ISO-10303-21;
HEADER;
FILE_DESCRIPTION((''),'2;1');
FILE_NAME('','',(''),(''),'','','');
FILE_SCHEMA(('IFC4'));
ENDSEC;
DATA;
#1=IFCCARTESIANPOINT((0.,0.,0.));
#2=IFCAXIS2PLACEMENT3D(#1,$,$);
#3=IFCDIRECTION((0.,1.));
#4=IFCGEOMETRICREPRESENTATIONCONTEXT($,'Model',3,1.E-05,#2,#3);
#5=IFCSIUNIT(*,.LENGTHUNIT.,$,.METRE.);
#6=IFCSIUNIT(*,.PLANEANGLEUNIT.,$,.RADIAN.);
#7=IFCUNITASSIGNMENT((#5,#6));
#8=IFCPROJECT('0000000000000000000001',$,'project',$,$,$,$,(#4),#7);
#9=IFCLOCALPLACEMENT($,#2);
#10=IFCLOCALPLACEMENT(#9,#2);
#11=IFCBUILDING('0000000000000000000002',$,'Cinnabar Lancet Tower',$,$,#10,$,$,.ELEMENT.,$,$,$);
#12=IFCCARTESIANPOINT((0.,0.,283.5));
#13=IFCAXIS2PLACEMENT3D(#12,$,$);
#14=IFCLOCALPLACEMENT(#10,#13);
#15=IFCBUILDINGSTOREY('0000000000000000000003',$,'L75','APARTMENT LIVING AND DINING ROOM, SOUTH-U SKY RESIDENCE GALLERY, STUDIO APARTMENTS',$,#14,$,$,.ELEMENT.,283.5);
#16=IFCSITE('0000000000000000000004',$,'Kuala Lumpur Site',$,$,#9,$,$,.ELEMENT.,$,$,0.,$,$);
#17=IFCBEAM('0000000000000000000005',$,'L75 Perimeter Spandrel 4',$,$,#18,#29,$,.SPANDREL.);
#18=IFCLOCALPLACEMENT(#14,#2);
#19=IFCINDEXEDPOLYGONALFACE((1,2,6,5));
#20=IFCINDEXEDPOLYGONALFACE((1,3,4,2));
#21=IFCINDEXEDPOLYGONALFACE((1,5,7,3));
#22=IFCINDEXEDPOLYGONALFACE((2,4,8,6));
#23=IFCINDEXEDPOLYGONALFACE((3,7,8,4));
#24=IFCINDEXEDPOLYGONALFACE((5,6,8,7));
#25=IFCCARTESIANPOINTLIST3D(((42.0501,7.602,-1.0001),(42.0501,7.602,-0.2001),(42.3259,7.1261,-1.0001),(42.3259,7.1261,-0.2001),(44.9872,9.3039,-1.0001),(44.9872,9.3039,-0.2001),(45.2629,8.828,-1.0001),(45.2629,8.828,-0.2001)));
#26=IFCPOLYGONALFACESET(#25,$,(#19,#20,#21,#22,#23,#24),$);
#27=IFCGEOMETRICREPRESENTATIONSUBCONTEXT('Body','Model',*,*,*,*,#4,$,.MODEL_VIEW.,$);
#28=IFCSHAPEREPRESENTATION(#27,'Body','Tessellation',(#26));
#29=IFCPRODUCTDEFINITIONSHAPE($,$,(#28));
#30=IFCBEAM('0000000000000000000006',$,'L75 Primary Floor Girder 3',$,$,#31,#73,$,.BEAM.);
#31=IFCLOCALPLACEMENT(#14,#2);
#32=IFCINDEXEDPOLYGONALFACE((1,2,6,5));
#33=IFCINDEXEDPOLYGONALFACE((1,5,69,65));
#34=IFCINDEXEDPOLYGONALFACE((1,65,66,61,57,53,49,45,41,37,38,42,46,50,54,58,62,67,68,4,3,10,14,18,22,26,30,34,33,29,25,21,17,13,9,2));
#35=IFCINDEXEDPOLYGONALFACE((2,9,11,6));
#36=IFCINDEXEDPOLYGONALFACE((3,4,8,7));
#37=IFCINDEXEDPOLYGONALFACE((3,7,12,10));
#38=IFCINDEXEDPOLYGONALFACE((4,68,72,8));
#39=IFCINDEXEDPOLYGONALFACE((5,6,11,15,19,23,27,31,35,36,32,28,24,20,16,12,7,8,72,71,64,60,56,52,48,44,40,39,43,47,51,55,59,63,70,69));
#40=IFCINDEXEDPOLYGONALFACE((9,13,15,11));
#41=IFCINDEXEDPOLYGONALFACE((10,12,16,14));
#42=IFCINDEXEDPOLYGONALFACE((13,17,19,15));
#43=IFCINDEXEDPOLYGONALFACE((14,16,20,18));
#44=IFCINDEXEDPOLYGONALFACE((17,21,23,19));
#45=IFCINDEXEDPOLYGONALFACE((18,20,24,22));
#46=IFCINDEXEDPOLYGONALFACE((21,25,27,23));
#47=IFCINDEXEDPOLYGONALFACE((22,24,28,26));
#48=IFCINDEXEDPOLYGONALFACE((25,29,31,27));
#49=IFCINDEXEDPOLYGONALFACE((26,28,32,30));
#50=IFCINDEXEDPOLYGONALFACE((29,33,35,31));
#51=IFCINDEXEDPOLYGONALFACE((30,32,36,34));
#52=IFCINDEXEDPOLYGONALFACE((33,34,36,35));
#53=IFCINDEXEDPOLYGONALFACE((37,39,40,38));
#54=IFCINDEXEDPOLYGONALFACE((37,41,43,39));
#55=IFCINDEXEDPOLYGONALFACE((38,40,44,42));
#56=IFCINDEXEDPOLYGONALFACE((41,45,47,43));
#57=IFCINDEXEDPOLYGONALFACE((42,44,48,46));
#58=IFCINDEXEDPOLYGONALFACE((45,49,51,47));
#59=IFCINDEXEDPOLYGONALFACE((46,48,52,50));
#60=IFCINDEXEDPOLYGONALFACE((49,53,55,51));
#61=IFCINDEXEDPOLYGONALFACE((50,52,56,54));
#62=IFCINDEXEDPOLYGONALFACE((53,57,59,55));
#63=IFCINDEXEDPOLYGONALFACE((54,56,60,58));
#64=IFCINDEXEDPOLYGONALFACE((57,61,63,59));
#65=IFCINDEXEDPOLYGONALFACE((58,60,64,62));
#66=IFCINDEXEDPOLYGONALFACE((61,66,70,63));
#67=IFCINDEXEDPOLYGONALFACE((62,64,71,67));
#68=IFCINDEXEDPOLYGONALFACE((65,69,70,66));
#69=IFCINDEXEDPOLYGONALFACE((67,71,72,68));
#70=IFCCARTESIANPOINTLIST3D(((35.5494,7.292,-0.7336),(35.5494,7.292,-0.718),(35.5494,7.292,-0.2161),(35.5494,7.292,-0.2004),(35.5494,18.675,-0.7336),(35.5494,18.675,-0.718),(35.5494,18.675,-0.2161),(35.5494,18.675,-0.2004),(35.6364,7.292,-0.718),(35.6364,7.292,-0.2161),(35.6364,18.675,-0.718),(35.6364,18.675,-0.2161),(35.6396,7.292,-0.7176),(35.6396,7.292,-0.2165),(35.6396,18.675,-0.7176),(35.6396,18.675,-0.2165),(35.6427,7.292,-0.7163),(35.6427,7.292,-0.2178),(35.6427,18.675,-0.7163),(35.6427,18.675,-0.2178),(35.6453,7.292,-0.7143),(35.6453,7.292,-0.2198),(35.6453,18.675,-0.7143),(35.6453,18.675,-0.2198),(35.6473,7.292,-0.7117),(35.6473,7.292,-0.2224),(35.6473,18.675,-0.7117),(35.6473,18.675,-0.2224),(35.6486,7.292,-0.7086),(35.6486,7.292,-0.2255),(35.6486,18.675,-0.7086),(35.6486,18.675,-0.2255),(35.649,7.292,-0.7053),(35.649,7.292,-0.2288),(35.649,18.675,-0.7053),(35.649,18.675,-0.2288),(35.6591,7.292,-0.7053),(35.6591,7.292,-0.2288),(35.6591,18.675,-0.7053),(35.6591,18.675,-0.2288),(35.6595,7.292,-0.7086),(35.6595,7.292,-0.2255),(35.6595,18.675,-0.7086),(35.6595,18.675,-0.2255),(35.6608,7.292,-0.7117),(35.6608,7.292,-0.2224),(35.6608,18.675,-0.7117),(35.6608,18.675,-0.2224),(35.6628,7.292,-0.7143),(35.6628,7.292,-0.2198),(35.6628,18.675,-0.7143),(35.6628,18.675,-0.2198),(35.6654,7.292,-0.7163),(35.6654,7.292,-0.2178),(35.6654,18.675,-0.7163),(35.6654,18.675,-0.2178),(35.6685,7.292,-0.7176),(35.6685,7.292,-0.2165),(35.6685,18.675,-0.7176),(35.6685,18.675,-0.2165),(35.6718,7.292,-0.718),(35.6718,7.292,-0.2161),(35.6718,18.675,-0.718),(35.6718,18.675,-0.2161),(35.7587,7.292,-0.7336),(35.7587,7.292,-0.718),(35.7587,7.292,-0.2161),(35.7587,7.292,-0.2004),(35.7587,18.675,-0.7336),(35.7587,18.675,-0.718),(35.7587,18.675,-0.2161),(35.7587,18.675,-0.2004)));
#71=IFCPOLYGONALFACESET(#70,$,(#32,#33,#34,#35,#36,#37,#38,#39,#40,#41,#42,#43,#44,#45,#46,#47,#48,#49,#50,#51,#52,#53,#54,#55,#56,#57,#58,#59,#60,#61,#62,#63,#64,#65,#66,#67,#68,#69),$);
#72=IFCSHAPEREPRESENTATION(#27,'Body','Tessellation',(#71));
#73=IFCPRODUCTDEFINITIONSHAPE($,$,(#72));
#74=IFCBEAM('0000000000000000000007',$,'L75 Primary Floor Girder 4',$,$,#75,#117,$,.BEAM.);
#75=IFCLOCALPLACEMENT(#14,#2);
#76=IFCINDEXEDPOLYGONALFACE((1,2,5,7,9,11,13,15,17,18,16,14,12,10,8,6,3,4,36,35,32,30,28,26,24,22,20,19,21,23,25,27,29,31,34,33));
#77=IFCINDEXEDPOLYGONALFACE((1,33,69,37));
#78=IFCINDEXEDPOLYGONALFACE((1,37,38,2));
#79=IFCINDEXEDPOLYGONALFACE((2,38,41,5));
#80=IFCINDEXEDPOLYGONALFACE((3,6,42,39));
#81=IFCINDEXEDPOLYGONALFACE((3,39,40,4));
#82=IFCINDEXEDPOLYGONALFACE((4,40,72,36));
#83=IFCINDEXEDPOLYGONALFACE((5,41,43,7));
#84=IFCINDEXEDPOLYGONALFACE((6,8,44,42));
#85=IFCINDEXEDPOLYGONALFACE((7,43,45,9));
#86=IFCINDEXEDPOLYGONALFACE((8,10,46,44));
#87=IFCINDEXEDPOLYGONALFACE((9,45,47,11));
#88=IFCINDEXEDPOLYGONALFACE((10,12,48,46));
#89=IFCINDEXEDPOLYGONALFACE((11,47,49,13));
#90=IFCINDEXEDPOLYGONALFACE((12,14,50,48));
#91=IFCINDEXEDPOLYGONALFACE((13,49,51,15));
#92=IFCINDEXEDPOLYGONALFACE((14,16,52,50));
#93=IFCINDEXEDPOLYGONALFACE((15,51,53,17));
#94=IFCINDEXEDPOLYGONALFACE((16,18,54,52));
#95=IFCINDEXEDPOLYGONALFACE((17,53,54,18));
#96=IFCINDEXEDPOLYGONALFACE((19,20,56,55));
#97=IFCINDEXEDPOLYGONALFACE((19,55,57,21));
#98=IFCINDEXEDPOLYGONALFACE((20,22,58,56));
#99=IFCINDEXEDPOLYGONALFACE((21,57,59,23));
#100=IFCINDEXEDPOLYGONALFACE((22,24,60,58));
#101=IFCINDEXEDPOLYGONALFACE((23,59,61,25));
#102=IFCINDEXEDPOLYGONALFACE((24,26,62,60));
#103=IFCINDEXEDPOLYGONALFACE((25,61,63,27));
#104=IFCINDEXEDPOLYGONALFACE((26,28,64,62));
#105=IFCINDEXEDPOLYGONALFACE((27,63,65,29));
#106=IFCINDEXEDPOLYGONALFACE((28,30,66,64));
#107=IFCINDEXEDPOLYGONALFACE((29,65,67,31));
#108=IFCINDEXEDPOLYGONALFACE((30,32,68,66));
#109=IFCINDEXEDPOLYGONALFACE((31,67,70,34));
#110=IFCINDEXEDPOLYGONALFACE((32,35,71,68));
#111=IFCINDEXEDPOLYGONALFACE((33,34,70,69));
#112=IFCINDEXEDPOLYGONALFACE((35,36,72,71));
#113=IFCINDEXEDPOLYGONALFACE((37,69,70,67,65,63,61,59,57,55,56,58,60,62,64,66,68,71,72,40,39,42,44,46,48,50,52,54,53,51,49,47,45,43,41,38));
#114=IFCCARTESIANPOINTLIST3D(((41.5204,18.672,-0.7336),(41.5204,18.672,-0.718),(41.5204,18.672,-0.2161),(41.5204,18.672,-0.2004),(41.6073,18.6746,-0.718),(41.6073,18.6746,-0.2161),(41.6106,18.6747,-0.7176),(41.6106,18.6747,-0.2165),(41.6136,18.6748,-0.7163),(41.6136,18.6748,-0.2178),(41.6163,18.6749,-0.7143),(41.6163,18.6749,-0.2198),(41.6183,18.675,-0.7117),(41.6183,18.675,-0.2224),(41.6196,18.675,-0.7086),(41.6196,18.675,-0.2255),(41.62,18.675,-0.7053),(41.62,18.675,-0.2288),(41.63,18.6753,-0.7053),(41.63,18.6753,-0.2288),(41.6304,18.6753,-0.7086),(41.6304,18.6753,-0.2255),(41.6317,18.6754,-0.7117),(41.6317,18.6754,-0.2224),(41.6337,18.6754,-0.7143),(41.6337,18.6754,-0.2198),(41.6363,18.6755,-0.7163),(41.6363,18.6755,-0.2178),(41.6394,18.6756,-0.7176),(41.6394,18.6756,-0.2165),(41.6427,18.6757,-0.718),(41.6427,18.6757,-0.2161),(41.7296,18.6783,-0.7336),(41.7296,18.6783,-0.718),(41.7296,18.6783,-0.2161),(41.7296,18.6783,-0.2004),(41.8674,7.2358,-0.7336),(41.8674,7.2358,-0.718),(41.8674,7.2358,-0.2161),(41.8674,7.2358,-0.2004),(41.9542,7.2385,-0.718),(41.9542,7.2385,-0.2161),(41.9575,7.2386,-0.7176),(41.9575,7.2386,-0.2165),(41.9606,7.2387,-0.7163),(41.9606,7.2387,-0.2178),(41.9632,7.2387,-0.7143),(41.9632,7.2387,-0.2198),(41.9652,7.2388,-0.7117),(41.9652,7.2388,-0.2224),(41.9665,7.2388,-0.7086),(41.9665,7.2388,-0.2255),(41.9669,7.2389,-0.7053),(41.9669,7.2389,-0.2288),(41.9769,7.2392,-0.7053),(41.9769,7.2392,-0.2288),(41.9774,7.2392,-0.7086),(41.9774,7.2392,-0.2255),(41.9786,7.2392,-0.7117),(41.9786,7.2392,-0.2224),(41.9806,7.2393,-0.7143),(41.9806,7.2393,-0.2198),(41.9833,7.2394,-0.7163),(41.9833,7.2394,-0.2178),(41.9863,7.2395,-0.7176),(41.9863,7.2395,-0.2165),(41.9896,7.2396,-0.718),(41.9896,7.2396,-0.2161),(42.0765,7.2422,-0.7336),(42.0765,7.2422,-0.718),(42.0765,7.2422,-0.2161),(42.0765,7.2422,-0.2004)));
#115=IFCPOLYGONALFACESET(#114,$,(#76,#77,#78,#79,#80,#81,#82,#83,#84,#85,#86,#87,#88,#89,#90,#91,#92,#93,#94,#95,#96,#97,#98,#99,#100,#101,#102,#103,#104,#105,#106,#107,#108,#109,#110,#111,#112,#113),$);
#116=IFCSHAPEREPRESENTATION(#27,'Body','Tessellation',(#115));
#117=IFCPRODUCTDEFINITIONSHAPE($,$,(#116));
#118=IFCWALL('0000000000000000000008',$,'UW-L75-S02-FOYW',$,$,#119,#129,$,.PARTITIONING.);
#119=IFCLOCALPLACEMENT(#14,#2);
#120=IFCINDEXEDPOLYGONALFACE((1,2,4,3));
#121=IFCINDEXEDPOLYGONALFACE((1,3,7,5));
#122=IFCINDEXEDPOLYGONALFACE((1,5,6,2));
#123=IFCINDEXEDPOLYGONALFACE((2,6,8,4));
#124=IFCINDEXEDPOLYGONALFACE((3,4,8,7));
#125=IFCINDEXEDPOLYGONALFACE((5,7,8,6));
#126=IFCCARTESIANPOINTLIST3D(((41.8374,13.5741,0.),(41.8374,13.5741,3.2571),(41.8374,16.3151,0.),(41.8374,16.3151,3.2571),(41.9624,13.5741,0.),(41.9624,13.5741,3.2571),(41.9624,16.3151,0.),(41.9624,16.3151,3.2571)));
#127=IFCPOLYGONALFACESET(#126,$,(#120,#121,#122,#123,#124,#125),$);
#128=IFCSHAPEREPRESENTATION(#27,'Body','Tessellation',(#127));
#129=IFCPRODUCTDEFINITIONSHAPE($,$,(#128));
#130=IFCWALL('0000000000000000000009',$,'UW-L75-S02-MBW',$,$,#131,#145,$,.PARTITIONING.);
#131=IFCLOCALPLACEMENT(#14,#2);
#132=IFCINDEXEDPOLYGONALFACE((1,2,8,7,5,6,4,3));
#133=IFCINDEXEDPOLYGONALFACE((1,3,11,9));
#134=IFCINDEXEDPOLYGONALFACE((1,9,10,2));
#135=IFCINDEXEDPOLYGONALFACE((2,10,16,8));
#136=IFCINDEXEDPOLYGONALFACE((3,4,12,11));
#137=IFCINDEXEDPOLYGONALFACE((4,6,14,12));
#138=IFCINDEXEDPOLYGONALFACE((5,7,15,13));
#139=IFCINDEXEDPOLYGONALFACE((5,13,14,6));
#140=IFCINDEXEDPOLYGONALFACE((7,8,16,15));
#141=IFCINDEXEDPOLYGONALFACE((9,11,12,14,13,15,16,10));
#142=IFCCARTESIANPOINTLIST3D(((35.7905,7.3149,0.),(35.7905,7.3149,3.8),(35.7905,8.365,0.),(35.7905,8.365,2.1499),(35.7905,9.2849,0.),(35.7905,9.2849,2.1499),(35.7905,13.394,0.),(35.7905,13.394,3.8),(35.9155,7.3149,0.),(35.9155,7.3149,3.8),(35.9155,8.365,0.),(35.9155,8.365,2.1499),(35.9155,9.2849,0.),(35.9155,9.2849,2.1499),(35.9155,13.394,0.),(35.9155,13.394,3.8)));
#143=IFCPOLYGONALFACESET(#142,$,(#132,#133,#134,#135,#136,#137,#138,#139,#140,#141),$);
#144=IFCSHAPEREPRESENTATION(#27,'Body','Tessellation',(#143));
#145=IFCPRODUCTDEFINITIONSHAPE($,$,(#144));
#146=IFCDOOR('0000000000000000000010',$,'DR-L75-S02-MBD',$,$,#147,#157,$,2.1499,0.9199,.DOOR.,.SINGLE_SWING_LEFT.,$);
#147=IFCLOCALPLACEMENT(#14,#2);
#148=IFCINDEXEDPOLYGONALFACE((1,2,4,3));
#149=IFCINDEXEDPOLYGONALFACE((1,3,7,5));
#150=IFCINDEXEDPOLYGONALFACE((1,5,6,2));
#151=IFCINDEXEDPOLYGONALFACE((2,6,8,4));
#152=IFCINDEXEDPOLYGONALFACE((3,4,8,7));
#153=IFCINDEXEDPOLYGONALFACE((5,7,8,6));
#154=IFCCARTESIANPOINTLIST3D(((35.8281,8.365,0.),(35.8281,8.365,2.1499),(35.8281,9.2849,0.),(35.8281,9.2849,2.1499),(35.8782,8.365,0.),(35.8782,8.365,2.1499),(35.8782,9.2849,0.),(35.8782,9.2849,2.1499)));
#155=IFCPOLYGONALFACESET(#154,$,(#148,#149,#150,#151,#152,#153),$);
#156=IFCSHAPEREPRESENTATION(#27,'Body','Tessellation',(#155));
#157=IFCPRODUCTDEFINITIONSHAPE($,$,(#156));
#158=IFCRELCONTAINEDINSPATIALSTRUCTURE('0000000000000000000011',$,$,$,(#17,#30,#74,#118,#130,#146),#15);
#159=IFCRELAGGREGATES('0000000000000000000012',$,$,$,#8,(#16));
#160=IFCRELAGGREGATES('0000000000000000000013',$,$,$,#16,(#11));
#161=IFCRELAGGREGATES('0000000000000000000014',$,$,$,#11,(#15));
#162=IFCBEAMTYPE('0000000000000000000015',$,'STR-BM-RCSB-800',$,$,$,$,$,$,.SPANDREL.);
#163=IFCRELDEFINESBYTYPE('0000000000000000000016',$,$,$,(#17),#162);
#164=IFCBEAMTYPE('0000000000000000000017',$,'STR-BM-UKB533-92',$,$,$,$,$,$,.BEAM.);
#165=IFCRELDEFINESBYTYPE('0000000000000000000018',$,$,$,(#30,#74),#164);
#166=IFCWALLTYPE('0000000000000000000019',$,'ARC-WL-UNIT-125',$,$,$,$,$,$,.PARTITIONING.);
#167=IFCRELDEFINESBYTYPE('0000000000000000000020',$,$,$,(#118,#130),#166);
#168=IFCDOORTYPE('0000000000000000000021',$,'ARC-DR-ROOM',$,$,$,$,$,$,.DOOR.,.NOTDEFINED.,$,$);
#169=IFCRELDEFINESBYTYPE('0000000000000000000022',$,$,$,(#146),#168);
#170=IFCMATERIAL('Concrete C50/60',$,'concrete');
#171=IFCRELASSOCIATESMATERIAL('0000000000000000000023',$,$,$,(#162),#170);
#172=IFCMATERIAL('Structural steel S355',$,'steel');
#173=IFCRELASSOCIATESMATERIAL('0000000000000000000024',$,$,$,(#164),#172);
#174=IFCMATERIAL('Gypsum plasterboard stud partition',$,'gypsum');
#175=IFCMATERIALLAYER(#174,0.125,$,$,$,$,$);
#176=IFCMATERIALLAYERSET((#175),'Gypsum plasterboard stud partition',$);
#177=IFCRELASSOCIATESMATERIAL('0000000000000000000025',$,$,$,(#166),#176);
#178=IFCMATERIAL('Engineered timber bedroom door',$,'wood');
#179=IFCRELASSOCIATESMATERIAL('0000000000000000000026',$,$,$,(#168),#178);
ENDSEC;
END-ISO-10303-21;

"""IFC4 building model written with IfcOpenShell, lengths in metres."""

from ifc_helpers import new_model, si_unit, direction, frame, frame_2d, origin, origin_2d, place, context, subcontext, project, spatial, rectangle, i_section, extrude, material, layer, layer_set, material_profile, profile_set, type_object, element, fill, save


model = new_model("IFC4")

# Units and contexts
model_context = context("Model", 3, precision=1e-05, world=origin(), true_north=direction((0.0, 1.0)))
body_context = subcontext(model_context, "Body", "Model", "MODEL_VIEW")
ifc_project = project(units=[si_unit("LENGTHUNIT", "METRE"), si_unit("PLANEANGLEUNIT", "RADIAN")], contexts=[model_context])

# Site, building, storey
site_placement = place(None, origin())
site = spatial("IfcSite", under=ifc_project, at=site_placement, Name="Kuala Lumpur Site", CompositionType="ELEMENT", RefElevation=0.0)
building_placement = place(site_placement, origin())
building = spatial("IfcBuilding", under=site, at=building_placement, Name="Cinnabar Lancet Tower", CompositionType="ELEMENT")
storey_placement = place(building_placement, frame((0.0, 0.0, 283.5)))
storey = spatial("IfcBuildingStorey", under=building, at=storey_placement, Name="L75", Description="APARTMENT LIVING AND DINING ROOM, SOUTH-U SKY RESIDENCE GALLERY, STUDIO APARTMENTS", CompositionType="ELEMENT", Elevation=283.5)

# Beams
ifc_material_1 = material(Name="Concrete C50/60", Category="concrete")
ifc_material_profile_1 = material_profile(ifc_material_1, rectangle(XDim=0.55, YDim=0.8, at=origin_2d()), Name="RC-SB 550x800")
ifc_profile_set_1 = profile_set([ifc_material_profile_1], Name="Concrete C50/60")
beam_type_1 = type_object("IfcBeamType", Name="STR-BM-RCSB-800", PredefinedType="SPANDREL", material=ifc_profile_set_1)
beam_1_placement = place(storey_placement, frame((42.188, 7.364, -0.6001), z_axis=(0.865231, 0.501374, 0.0), x_axis=(-0.501374, 0.865231, 0.0)))
element("IfcBeam", 1, at=beam_1_placement, inside=storey, type_object=beam_type_1, Name="L75 Perimeter Spandrel 4", PredefinedType="SPANDREL", context=body_context, shape_type="SweptSolid", body=[
    extrude(rectangle(XDim=0.55, YDim=0.8, at=origin_2d()), origin(), (0.0, 0.0, 1.0), 3.3945),
])
ifc_material_2 = material(Name="Structural steel S355", Category="steel")
ifc_material_profile_2 = material_profile(ifc_material_2, i_section(OverallWidth=0.2092, OverallDepth=0.5332, WebThickness=0.01, FlangeThickness=0.0156, FilletRadius=0.0127, at=origin_2d()), Name="UKB 533x210x92")
ifc_profile_set_2 = profile_set([ifc_material_profile_2], Name="Structural steel S355")
beam_type_2 = type_object("IfcBeamType", Name="STR-BM-UKB533-92", PredefinedType="BEAM", material=ifc_profile_set_2)
beam_2_placement = place(storey_placement, frame((35.6541, 7.292, -0.467), z_axis=(0.0, 1.0, 0.0), x_axis=(-1.0, 0.0, 0.0)))
element("IfcBeam", 2, at=beam_2_placement, inside=storey, type_object=beam_type_2, Name="L75 Primary Floor Girder 3", PredefinedType="BEAM", context=body_context, shape_type="SweptSolid", body=[
    extrude(i_section(OverallWidth=0.2092, OverallDepth=0.5332, WebThickness=0.01, FlangeThickness=0.0156, FilletRadius=0.0127, at=origin_2d()), origin(), (0.0, 0.0, 1.0), 11.3831),
])
beam_3_placement = place(storey_placement, frame((41.9719, 7.239, -0.467), z_axis=(-0.030322, 0.99954, 0.0), x_axis=(-0.99954, -0.030322, 0.0)))
element("IfcBeam", 3, at=beam_3_placement, inside=storey, type_object=beam_type_2, Name="L75 Primary Floor Girder 4", PredefinedType="BEAM", context=body_context, shape_type="SweptSolid", body=[
    extrude(i_section(OverallWidth=0.2092, OverallDepth=0.5332, WebThickness=0.01, FlangeThickness=0.0156, FilletRadius=0.0127, at=origin_2d()), origin(), (0.0, 0.0, 1.0), 11.4414),
])

# Wall
ifc_material_3 = material(Name="Gypsum plasterboard stud partition", Category="gypsum")
ifc_layer_1 = layer(ifc_material_3, 0.125)
ifc_layer_set_1 = layer_set([ifc_layer_1], Name="Gypsum plasterboard stud partition")
wall_type_1 = type_object("IfcWallType", Name="ARC-WL-UNIT-125", PredefinedType="PARTITIONING", material=ifc_layer_set_1)
wall_1_placement = place(storey_placement, frame((41.8999, 13.574, 0.0), z_axis=(0.0, 0.0, 1.0), x_axis=(0.0, 1.0, 0.0)))
element("IfcWall", 4, at=wall_1_placement, inside=storey, type_object=wall_type_1, Name="UW-L75-S02-FOYW", PredefinedType="PARTITIONING", context=body_context, shape_type="SweptSolid", body=[
    extrude(rectangle(XDim=2.741, YDim=0.125, at=frame_2d((1.3706, 0.0))), origin(), (0.0, 0.0, 1.0), 3.2571),
])

# Wall, opening, door
wall_2_placement = place(storey_placement, frame((35.853, 7.3149, 0.0), z_axis=(0.0, 0.0, 1.0), x_axis=(0.0, 1.0, 0.0)))
wall_2 = element("IfcWall", 5, at=wall_2_placement, inside=storey, type_object=wall_type_1, Name="UW-L75-S02-MBW", PredefinedType="PARTITIONING", context=body_context, shape_type="SweptSolid", body=[
    extrude(rectangle(XDim=6.0791, YDim=0.125, at=frame_2d((3.0396, 0.0))), origin(), (0.0, 0.0, 1.0), 3.8),
])
opening_1_placement = place(wall_2_placement, frame((1.05, 0.0, 0.0)))
opening_1 = element("IfcOpeningElement", 6, at=opening_1_placement, cuts=wall_2, PredefinedType="OPENING", context=body_context, shape_type="SweptSolid", body=[
    extrude(rectangle(XDim=0.9199, YDim=2.1499, at=frame_2d((0.46, 1.075))), frame((0.0, 0.0725, 0.0), z_axis=(0.0, -1.0, 0.0), x_axis=(1.0, 0.0, 0.0)), (0.0, 0.0, 1.0), 0.145),
])
ifc_material_4 = material(Name="Engineered timber bedroom door", Category="wood")
door_type_1 = type_object("IfcDoorType", Name="ARC-DR-ROOM", OperationType="NOTDEFINED", PredefinedType="DOOR", material=ifc_material_4)
door_1_placement = place(opening_1_placement, origin())
door_1 = element("IfcDoor", 7, at=door_1_placement, inside=storey, type_object=door_type_1, Name="DR-L75-S02-MBD", OperationType="SINGLE_SWING_LEFT", OverallHeight=2.1499, OverallWidth=0.9199, PredefinedType="DOOR", context=body_context, shape_type="SweptSolid", body=[
    extrude(rectangle(XDim=0.9199, YDim=2.1499, at=frame_2d((0.46, 1.075))), frame((0.0, 0.0249, 0.0), z_axis=(0.0, -1.0, 0.0), x_axis=(1.0, 0.0, 0.0)), (0.0, 0.0, 1.0), 0.05),
])
fill(opening_1, door_1)

save(model, "model.ifc")
